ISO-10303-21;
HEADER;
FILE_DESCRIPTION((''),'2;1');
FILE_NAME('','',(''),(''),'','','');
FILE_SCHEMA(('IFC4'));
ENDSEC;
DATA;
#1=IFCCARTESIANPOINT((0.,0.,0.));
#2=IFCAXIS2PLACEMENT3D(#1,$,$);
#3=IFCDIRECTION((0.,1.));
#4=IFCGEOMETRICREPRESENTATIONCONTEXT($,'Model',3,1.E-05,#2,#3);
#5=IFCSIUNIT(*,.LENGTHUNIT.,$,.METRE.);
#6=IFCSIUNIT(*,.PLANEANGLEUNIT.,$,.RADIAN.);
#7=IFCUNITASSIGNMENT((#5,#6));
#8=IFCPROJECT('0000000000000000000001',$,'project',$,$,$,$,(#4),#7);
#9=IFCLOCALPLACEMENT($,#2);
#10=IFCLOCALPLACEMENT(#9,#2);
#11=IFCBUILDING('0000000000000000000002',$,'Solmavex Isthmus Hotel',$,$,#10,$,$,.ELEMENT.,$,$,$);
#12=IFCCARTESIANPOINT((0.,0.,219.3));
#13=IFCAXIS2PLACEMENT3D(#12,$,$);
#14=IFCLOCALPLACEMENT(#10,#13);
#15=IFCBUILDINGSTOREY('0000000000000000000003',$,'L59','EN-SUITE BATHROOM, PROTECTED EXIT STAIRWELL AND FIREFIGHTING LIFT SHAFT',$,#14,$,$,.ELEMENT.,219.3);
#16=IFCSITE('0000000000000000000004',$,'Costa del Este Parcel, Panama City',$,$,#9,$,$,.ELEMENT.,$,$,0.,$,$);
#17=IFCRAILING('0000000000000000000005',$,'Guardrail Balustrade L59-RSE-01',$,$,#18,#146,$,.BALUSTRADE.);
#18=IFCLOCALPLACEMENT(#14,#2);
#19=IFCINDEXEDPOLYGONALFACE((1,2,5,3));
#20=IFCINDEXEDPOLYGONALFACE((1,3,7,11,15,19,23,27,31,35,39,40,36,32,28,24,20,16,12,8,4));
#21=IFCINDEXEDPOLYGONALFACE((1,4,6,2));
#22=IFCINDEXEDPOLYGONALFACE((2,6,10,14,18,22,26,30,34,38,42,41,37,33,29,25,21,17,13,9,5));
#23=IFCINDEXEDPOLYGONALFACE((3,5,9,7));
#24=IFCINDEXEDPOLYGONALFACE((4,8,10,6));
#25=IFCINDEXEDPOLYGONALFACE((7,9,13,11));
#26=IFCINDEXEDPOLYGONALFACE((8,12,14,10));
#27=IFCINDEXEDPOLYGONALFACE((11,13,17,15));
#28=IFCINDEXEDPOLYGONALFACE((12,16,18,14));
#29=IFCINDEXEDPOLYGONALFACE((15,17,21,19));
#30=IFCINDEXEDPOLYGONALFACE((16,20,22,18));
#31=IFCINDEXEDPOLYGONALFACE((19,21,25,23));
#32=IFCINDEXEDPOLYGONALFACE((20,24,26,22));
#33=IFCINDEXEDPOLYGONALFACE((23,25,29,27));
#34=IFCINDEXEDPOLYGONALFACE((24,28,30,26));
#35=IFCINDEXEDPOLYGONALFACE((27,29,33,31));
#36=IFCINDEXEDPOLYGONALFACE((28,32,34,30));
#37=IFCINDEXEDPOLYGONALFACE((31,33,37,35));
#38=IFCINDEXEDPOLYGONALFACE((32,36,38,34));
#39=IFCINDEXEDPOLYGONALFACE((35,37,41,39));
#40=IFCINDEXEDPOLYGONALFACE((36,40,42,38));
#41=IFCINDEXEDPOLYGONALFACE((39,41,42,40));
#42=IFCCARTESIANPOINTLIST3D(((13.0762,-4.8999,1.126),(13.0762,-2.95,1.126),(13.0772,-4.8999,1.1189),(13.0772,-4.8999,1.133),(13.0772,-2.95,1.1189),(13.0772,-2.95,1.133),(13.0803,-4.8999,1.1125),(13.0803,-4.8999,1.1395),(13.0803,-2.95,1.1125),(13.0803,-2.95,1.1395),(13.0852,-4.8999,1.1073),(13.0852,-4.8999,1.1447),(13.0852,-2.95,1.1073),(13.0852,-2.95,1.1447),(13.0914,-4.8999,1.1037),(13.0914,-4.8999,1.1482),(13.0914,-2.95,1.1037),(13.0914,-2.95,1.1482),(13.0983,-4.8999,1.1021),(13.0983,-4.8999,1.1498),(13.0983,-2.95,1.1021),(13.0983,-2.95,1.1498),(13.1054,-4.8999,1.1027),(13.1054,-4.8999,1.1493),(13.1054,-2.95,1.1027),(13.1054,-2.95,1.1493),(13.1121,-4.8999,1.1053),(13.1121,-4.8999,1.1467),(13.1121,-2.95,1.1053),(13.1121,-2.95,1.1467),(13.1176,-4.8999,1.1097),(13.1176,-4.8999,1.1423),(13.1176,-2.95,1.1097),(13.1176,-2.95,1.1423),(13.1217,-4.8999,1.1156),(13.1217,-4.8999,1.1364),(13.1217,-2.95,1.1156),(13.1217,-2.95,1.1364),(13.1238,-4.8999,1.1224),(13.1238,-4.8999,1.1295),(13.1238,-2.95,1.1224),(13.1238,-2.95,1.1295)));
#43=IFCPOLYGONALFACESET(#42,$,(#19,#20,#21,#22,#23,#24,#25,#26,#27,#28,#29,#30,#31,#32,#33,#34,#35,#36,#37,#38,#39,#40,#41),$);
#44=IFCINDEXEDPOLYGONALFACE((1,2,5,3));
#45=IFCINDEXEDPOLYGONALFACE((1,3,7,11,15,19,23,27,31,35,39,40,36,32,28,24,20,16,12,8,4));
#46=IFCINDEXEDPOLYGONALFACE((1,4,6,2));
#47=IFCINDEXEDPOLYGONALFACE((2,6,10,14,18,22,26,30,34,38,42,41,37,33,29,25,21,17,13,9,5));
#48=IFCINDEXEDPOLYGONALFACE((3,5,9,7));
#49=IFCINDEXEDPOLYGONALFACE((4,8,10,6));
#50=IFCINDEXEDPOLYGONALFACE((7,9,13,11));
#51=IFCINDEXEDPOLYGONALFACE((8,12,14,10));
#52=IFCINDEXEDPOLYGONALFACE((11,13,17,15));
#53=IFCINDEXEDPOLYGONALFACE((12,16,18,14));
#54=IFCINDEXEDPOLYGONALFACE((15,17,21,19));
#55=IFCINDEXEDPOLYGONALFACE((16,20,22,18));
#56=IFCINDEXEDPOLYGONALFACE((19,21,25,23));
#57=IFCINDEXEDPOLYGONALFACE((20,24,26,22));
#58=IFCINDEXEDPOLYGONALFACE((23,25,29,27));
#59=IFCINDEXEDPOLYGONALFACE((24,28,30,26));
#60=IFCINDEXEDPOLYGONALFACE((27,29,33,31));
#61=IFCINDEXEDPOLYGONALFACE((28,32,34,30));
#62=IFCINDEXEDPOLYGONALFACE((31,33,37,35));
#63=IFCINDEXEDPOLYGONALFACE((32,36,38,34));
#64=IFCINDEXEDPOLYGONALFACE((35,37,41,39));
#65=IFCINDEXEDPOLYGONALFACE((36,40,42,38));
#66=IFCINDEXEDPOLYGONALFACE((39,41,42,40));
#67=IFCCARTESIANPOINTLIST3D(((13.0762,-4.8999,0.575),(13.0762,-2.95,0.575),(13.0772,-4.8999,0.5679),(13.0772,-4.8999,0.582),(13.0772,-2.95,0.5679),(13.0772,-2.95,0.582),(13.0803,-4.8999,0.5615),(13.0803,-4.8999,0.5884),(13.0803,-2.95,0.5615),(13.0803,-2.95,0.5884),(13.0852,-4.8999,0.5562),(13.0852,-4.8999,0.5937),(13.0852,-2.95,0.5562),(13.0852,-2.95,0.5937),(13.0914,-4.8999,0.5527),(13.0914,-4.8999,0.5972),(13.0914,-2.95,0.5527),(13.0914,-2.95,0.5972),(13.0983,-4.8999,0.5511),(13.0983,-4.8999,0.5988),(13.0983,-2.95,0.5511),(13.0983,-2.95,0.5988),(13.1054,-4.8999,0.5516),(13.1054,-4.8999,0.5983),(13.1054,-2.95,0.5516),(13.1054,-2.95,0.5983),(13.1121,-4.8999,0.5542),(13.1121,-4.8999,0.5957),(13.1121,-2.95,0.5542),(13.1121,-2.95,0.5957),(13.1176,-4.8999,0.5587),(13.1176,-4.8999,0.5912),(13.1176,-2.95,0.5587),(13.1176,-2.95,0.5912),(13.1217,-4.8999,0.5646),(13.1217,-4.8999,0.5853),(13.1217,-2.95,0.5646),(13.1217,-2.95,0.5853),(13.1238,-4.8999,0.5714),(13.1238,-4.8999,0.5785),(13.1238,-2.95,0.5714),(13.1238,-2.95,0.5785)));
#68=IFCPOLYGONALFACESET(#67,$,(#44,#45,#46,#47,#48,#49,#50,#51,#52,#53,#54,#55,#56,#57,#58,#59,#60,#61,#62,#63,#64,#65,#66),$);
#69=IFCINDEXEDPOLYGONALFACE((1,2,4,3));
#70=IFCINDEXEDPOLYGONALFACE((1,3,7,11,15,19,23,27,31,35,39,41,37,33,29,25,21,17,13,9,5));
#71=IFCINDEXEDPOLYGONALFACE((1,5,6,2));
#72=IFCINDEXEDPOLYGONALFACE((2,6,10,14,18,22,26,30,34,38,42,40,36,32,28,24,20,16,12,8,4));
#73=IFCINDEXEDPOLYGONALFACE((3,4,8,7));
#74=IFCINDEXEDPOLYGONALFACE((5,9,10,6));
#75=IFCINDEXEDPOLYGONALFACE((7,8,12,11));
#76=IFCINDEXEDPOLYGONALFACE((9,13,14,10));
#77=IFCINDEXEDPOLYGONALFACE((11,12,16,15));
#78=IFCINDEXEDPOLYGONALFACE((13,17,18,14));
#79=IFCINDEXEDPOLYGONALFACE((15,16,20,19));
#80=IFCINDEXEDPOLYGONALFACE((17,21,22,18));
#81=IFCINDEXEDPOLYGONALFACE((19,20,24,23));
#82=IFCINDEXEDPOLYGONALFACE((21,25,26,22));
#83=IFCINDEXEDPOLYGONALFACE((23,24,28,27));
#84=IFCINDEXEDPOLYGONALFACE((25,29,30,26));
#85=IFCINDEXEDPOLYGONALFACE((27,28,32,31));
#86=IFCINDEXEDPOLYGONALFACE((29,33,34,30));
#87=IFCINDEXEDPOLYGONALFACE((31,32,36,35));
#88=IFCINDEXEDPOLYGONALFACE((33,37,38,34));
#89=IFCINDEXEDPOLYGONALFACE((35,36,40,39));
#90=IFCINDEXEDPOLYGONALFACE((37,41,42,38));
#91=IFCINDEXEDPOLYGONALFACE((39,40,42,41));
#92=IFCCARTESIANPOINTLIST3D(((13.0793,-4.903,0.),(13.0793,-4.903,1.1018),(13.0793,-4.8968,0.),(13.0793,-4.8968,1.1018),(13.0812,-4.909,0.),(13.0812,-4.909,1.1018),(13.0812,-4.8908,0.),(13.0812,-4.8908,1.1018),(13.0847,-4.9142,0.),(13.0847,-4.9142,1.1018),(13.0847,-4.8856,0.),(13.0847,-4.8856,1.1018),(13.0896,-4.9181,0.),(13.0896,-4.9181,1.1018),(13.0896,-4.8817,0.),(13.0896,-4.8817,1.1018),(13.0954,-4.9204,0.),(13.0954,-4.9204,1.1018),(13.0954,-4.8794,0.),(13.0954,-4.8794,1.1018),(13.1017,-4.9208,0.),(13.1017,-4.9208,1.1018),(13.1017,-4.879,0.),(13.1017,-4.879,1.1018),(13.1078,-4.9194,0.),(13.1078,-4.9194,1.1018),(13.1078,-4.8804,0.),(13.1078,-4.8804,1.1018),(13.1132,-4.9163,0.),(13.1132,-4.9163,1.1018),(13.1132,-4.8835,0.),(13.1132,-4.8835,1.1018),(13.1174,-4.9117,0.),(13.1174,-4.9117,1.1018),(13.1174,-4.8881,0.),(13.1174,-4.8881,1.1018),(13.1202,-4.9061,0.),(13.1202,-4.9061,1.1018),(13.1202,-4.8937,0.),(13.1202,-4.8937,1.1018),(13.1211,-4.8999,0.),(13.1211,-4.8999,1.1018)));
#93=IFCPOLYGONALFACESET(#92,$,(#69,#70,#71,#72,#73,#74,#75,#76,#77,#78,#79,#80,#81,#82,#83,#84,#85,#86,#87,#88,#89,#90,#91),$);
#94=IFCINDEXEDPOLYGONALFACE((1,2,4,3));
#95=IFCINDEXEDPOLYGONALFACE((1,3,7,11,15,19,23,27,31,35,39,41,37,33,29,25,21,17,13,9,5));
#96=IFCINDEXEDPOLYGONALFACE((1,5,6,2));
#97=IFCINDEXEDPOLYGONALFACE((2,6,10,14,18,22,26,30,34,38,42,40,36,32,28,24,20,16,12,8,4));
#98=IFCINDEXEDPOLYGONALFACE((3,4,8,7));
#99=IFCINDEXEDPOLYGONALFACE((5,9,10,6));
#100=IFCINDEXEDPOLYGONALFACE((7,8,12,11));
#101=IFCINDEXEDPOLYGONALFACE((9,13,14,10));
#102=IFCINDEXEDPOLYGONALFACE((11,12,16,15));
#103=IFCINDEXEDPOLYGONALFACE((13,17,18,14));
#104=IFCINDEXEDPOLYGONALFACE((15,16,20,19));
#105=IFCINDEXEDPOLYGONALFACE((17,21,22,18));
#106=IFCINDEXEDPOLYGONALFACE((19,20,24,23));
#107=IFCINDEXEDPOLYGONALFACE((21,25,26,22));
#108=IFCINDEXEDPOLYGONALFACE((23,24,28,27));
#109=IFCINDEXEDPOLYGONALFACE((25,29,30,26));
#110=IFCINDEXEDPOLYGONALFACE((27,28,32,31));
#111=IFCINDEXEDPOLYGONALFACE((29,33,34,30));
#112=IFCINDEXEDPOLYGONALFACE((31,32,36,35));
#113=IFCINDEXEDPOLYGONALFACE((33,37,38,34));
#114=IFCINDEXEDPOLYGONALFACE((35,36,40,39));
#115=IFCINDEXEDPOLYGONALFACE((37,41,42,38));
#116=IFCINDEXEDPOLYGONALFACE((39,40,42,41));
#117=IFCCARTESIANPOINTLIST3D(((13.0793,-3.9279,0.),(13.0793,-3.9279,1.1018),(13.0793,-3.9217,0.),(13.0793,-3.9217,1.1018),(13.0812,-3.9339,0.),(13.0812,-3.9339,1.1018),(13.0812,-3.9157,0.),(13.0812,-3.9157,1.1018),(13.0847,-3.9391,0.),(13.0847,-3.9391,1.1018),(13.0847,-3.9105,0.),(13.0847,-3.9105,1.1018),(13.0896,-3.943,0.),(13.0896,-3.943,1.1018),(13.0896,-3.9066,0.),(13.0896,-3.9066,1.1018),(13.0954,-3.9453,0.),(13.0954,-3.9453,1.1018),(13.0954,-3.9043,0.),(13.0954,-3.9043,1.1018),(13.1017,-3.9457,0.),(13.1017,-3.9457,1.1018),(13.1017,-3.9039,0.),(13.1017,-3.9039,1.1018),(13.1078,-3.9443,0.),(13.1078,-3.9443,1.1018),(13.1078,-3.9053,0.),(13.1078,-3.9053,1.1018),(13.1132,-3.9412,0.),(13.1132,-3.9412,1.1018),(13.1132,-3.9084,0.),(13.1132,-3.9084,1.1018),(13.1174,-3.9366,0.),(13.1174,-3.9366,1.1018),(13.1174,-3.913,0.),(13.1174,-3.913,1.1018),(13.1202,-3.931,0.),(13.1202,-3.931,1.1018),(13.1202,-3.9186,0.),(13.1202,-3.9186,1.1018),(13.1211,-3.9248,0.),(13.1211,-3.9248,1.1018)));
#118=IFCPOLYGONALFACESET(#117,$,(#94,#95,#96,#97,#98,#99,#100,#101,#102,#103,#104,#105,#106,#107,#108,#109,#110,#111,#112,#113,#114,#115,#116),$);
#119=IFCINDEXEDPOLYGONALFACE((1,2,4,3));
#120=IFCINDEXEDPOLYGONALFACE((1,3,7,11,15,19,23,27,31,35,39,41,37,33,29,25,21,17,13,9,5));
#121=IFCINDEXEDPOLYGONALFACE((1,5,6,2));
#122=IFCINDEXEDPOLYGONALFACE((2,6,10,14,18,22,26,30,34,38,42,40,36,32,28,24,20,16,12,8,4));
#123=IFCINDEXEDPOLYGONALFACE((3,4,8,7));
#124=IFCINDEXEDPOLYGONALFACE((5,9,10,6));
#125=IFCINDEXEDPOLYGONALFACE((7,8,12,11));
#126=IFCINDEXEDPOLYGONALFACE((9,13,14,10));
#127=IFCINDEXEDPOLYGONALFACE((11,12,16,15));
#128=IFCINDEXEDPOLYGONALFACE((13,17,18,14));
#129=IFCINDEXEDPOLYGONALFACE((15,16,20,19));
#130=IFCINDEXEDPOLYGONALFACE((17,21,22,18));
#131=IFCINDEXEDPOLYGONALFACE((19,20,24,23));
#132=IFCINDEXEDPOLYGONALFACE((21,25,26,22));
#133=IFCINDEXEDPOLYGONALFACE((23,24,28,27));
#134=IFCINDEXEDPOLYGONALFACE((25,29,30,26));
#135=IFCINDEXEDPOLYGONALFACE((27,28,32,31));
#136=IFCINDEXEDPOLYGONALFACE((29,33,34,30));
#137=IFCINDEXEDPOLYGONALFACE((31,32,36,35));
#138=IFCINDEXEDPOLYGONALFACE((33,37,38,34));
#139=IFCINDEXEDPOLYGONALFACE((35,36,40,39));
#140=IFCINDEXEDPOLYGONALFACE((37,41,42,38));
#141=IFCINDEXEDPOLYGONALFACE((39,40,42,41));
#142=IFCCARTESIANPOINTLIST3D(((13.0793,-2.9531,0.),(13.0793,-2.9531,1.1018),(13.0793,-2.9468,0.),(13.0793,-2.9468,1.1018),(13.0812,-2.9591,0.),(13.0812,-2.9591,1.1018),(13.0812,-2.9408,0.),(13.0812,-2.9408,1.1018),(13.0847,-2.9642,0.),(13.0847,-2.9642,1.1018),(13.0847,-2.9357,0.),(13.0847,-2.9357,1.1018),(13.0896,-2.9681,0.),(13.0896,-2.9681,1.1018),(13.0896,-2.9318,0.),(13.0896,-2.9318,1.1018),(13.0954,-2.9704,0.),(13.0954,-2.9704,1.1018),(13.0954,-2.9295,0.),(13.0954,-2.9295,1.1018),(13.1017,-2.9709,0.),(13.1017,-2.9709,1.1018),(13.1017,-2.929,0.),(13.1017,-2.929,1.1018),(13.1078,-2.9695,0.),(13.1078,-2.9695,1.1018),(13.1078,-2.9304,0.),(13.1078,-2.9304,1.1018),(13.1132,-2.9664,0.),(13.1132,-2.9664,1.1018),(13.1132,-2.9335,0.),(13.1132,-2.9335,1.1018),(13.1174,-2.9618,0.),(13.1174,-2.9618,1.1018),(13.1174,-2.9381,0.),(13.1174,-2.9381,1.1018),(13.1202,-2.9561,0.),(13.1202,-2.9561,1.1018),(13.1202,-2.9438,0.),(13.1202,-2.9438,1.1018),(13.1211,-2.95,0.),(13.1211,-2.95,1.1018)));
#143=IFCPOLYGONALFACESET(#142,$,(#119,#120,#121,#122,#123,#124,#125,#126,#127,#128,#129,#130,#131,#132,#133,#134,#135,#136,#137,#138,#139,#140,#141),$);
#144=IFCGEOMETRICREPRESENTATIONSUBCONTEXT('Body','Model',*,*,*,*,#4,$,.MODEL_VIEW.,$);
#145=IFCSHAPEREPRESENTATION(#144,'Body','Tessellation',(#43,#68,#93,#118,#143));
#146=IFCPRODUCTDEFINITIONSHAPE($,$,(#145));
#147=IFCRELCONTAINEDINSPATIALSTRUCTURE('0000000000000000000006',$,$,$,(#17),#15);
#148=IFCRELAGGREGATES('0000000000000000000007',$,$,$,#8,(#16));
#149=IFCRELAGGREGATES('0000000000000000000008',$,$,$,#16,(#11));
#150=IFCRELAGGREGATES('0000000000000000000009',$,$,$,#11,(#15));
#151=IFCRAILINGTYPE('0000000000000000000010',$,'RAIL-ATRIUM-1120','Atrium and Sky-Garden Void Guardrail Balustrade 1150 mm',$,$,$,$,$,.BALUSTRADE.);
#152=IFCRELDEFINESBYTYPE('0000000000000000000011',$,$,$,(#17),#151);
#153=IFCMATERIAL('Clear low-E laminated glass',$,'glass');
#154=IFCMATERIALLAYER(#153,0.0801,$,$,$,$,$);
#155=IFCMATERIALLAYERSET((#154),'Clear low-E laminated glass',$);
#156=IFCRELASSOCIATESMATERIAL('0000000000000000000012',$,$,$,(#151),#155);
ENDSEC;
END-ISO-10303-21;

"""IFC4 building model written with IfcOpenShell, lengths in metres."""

from ifc_helpers import new_model, si_unit, direction, frame, origin, origin_2d, place, context, subcontext, project, spatial, circle, extrude, material, layer, layer_set, type_object, element, save


model = new_model("IFC4")

# Units and contexts
model_context = context("Model", 3, precision=1e-05, world=origin(), true_north=direction((0.0, 1.0)))
body_context = subcontext(model_context, "Body", "Model", "MODEL_VIEW")
ifc_project = project(units=[si_unit("LENGTHUNIT", "METRE"), si_unit("PLANEANGLEUNIT", "RADIAN")], contexts=[model_context])

# Site, building, storey
site_placement = place(None, origin())
site = spatial("IfcSite", under=ifc_project, at=site_placement, Name="Costa del Este Parcel, Panama City", CompositionType="ELEMENT", RefElevation=0.0)
building_placement = place(site_placement, origin())
building = spatial("IfcBuilding", under=site, at=building_placement, Name="Solmavex Isthmus Hotel", CompositionType="ELEMENT")
storey_placement = place(building_placement, frame((0.0, 0.0, 219.3)))
storey = spatial("IfcBuildingStorey", under=building, at=storey_placement, Name="L59", Description="EN-SUITE BATHROOM, PROTECTED EXIT STAIRWELL AND FIREFIGHTING LIFT SHAFT", CompositionType="ELEMENT", Elevation=219.3)

# Railing
ifc_material_1 = material(Name="Clear low-E laminated glass", Category="glass")
ifc_layer_1 = layer(ifc_material_1, 0.0801)
ifc_layer_set_1 = layer_set([ifc_layer_1], Name="Clear low-E laminated glass")
railing_type_1 = type_object("IfcRailingType", Name="RAIL-ATRIUM-1120", Description="Atrium and Sky-Garden Void Guardrail Balustrade 1150 mm", PredefinedType="BALUSTRADE", material=ifc_layer_set_1)
railing_1_placement = place(storey_placement, frame((13.1001, -4.8999, 0.0)))
element("IfcRailing", 1, at=railing_1_placement, inside=storey, type_object=railing_type_1, Name="Guardrail Balustrade L59-RSE-01", PredefinedType="BALUSTRADE", context=body_context, shape_type="SweptSolid", body=[
    extrude(circle(Radius=0.0239, at=origin_2d()), frame((0.0, 0.0, 1.126), z_axis=(0.0, 1.0, 0.0), x_axis=(-1.0, 0.0, 0.0)), (0.0, 0.0, 1.0), 1.95),
    extrude(circle(Radius=0.0239, at=origin_2d()), frame((0.0, 0.0, 0.575), z_axis=(0.0, 1.0, 0.0), x_axis=(-1.0, 0.0, 0.0)), (0.0, 0.0, 1.0), 1.95),
    extrude(circle(Radius=0.021, at=origin_2d()), origin(), (0.0, 0.0, 1.0), 1.1018),
    extrude(circle(Radius=0.021, at=origin_2d()), frame((0.0, 0.9751, 0.0)), (0.0, 0.0, 1.0), 1.1018),
    extrude(circle(Radius=0.021, at=origin_2d()), frame((0.0, 1.95, 0.0)), (0.0, 0.0, 1.0), 1.1018),
])

save(model, "model.ifc")
